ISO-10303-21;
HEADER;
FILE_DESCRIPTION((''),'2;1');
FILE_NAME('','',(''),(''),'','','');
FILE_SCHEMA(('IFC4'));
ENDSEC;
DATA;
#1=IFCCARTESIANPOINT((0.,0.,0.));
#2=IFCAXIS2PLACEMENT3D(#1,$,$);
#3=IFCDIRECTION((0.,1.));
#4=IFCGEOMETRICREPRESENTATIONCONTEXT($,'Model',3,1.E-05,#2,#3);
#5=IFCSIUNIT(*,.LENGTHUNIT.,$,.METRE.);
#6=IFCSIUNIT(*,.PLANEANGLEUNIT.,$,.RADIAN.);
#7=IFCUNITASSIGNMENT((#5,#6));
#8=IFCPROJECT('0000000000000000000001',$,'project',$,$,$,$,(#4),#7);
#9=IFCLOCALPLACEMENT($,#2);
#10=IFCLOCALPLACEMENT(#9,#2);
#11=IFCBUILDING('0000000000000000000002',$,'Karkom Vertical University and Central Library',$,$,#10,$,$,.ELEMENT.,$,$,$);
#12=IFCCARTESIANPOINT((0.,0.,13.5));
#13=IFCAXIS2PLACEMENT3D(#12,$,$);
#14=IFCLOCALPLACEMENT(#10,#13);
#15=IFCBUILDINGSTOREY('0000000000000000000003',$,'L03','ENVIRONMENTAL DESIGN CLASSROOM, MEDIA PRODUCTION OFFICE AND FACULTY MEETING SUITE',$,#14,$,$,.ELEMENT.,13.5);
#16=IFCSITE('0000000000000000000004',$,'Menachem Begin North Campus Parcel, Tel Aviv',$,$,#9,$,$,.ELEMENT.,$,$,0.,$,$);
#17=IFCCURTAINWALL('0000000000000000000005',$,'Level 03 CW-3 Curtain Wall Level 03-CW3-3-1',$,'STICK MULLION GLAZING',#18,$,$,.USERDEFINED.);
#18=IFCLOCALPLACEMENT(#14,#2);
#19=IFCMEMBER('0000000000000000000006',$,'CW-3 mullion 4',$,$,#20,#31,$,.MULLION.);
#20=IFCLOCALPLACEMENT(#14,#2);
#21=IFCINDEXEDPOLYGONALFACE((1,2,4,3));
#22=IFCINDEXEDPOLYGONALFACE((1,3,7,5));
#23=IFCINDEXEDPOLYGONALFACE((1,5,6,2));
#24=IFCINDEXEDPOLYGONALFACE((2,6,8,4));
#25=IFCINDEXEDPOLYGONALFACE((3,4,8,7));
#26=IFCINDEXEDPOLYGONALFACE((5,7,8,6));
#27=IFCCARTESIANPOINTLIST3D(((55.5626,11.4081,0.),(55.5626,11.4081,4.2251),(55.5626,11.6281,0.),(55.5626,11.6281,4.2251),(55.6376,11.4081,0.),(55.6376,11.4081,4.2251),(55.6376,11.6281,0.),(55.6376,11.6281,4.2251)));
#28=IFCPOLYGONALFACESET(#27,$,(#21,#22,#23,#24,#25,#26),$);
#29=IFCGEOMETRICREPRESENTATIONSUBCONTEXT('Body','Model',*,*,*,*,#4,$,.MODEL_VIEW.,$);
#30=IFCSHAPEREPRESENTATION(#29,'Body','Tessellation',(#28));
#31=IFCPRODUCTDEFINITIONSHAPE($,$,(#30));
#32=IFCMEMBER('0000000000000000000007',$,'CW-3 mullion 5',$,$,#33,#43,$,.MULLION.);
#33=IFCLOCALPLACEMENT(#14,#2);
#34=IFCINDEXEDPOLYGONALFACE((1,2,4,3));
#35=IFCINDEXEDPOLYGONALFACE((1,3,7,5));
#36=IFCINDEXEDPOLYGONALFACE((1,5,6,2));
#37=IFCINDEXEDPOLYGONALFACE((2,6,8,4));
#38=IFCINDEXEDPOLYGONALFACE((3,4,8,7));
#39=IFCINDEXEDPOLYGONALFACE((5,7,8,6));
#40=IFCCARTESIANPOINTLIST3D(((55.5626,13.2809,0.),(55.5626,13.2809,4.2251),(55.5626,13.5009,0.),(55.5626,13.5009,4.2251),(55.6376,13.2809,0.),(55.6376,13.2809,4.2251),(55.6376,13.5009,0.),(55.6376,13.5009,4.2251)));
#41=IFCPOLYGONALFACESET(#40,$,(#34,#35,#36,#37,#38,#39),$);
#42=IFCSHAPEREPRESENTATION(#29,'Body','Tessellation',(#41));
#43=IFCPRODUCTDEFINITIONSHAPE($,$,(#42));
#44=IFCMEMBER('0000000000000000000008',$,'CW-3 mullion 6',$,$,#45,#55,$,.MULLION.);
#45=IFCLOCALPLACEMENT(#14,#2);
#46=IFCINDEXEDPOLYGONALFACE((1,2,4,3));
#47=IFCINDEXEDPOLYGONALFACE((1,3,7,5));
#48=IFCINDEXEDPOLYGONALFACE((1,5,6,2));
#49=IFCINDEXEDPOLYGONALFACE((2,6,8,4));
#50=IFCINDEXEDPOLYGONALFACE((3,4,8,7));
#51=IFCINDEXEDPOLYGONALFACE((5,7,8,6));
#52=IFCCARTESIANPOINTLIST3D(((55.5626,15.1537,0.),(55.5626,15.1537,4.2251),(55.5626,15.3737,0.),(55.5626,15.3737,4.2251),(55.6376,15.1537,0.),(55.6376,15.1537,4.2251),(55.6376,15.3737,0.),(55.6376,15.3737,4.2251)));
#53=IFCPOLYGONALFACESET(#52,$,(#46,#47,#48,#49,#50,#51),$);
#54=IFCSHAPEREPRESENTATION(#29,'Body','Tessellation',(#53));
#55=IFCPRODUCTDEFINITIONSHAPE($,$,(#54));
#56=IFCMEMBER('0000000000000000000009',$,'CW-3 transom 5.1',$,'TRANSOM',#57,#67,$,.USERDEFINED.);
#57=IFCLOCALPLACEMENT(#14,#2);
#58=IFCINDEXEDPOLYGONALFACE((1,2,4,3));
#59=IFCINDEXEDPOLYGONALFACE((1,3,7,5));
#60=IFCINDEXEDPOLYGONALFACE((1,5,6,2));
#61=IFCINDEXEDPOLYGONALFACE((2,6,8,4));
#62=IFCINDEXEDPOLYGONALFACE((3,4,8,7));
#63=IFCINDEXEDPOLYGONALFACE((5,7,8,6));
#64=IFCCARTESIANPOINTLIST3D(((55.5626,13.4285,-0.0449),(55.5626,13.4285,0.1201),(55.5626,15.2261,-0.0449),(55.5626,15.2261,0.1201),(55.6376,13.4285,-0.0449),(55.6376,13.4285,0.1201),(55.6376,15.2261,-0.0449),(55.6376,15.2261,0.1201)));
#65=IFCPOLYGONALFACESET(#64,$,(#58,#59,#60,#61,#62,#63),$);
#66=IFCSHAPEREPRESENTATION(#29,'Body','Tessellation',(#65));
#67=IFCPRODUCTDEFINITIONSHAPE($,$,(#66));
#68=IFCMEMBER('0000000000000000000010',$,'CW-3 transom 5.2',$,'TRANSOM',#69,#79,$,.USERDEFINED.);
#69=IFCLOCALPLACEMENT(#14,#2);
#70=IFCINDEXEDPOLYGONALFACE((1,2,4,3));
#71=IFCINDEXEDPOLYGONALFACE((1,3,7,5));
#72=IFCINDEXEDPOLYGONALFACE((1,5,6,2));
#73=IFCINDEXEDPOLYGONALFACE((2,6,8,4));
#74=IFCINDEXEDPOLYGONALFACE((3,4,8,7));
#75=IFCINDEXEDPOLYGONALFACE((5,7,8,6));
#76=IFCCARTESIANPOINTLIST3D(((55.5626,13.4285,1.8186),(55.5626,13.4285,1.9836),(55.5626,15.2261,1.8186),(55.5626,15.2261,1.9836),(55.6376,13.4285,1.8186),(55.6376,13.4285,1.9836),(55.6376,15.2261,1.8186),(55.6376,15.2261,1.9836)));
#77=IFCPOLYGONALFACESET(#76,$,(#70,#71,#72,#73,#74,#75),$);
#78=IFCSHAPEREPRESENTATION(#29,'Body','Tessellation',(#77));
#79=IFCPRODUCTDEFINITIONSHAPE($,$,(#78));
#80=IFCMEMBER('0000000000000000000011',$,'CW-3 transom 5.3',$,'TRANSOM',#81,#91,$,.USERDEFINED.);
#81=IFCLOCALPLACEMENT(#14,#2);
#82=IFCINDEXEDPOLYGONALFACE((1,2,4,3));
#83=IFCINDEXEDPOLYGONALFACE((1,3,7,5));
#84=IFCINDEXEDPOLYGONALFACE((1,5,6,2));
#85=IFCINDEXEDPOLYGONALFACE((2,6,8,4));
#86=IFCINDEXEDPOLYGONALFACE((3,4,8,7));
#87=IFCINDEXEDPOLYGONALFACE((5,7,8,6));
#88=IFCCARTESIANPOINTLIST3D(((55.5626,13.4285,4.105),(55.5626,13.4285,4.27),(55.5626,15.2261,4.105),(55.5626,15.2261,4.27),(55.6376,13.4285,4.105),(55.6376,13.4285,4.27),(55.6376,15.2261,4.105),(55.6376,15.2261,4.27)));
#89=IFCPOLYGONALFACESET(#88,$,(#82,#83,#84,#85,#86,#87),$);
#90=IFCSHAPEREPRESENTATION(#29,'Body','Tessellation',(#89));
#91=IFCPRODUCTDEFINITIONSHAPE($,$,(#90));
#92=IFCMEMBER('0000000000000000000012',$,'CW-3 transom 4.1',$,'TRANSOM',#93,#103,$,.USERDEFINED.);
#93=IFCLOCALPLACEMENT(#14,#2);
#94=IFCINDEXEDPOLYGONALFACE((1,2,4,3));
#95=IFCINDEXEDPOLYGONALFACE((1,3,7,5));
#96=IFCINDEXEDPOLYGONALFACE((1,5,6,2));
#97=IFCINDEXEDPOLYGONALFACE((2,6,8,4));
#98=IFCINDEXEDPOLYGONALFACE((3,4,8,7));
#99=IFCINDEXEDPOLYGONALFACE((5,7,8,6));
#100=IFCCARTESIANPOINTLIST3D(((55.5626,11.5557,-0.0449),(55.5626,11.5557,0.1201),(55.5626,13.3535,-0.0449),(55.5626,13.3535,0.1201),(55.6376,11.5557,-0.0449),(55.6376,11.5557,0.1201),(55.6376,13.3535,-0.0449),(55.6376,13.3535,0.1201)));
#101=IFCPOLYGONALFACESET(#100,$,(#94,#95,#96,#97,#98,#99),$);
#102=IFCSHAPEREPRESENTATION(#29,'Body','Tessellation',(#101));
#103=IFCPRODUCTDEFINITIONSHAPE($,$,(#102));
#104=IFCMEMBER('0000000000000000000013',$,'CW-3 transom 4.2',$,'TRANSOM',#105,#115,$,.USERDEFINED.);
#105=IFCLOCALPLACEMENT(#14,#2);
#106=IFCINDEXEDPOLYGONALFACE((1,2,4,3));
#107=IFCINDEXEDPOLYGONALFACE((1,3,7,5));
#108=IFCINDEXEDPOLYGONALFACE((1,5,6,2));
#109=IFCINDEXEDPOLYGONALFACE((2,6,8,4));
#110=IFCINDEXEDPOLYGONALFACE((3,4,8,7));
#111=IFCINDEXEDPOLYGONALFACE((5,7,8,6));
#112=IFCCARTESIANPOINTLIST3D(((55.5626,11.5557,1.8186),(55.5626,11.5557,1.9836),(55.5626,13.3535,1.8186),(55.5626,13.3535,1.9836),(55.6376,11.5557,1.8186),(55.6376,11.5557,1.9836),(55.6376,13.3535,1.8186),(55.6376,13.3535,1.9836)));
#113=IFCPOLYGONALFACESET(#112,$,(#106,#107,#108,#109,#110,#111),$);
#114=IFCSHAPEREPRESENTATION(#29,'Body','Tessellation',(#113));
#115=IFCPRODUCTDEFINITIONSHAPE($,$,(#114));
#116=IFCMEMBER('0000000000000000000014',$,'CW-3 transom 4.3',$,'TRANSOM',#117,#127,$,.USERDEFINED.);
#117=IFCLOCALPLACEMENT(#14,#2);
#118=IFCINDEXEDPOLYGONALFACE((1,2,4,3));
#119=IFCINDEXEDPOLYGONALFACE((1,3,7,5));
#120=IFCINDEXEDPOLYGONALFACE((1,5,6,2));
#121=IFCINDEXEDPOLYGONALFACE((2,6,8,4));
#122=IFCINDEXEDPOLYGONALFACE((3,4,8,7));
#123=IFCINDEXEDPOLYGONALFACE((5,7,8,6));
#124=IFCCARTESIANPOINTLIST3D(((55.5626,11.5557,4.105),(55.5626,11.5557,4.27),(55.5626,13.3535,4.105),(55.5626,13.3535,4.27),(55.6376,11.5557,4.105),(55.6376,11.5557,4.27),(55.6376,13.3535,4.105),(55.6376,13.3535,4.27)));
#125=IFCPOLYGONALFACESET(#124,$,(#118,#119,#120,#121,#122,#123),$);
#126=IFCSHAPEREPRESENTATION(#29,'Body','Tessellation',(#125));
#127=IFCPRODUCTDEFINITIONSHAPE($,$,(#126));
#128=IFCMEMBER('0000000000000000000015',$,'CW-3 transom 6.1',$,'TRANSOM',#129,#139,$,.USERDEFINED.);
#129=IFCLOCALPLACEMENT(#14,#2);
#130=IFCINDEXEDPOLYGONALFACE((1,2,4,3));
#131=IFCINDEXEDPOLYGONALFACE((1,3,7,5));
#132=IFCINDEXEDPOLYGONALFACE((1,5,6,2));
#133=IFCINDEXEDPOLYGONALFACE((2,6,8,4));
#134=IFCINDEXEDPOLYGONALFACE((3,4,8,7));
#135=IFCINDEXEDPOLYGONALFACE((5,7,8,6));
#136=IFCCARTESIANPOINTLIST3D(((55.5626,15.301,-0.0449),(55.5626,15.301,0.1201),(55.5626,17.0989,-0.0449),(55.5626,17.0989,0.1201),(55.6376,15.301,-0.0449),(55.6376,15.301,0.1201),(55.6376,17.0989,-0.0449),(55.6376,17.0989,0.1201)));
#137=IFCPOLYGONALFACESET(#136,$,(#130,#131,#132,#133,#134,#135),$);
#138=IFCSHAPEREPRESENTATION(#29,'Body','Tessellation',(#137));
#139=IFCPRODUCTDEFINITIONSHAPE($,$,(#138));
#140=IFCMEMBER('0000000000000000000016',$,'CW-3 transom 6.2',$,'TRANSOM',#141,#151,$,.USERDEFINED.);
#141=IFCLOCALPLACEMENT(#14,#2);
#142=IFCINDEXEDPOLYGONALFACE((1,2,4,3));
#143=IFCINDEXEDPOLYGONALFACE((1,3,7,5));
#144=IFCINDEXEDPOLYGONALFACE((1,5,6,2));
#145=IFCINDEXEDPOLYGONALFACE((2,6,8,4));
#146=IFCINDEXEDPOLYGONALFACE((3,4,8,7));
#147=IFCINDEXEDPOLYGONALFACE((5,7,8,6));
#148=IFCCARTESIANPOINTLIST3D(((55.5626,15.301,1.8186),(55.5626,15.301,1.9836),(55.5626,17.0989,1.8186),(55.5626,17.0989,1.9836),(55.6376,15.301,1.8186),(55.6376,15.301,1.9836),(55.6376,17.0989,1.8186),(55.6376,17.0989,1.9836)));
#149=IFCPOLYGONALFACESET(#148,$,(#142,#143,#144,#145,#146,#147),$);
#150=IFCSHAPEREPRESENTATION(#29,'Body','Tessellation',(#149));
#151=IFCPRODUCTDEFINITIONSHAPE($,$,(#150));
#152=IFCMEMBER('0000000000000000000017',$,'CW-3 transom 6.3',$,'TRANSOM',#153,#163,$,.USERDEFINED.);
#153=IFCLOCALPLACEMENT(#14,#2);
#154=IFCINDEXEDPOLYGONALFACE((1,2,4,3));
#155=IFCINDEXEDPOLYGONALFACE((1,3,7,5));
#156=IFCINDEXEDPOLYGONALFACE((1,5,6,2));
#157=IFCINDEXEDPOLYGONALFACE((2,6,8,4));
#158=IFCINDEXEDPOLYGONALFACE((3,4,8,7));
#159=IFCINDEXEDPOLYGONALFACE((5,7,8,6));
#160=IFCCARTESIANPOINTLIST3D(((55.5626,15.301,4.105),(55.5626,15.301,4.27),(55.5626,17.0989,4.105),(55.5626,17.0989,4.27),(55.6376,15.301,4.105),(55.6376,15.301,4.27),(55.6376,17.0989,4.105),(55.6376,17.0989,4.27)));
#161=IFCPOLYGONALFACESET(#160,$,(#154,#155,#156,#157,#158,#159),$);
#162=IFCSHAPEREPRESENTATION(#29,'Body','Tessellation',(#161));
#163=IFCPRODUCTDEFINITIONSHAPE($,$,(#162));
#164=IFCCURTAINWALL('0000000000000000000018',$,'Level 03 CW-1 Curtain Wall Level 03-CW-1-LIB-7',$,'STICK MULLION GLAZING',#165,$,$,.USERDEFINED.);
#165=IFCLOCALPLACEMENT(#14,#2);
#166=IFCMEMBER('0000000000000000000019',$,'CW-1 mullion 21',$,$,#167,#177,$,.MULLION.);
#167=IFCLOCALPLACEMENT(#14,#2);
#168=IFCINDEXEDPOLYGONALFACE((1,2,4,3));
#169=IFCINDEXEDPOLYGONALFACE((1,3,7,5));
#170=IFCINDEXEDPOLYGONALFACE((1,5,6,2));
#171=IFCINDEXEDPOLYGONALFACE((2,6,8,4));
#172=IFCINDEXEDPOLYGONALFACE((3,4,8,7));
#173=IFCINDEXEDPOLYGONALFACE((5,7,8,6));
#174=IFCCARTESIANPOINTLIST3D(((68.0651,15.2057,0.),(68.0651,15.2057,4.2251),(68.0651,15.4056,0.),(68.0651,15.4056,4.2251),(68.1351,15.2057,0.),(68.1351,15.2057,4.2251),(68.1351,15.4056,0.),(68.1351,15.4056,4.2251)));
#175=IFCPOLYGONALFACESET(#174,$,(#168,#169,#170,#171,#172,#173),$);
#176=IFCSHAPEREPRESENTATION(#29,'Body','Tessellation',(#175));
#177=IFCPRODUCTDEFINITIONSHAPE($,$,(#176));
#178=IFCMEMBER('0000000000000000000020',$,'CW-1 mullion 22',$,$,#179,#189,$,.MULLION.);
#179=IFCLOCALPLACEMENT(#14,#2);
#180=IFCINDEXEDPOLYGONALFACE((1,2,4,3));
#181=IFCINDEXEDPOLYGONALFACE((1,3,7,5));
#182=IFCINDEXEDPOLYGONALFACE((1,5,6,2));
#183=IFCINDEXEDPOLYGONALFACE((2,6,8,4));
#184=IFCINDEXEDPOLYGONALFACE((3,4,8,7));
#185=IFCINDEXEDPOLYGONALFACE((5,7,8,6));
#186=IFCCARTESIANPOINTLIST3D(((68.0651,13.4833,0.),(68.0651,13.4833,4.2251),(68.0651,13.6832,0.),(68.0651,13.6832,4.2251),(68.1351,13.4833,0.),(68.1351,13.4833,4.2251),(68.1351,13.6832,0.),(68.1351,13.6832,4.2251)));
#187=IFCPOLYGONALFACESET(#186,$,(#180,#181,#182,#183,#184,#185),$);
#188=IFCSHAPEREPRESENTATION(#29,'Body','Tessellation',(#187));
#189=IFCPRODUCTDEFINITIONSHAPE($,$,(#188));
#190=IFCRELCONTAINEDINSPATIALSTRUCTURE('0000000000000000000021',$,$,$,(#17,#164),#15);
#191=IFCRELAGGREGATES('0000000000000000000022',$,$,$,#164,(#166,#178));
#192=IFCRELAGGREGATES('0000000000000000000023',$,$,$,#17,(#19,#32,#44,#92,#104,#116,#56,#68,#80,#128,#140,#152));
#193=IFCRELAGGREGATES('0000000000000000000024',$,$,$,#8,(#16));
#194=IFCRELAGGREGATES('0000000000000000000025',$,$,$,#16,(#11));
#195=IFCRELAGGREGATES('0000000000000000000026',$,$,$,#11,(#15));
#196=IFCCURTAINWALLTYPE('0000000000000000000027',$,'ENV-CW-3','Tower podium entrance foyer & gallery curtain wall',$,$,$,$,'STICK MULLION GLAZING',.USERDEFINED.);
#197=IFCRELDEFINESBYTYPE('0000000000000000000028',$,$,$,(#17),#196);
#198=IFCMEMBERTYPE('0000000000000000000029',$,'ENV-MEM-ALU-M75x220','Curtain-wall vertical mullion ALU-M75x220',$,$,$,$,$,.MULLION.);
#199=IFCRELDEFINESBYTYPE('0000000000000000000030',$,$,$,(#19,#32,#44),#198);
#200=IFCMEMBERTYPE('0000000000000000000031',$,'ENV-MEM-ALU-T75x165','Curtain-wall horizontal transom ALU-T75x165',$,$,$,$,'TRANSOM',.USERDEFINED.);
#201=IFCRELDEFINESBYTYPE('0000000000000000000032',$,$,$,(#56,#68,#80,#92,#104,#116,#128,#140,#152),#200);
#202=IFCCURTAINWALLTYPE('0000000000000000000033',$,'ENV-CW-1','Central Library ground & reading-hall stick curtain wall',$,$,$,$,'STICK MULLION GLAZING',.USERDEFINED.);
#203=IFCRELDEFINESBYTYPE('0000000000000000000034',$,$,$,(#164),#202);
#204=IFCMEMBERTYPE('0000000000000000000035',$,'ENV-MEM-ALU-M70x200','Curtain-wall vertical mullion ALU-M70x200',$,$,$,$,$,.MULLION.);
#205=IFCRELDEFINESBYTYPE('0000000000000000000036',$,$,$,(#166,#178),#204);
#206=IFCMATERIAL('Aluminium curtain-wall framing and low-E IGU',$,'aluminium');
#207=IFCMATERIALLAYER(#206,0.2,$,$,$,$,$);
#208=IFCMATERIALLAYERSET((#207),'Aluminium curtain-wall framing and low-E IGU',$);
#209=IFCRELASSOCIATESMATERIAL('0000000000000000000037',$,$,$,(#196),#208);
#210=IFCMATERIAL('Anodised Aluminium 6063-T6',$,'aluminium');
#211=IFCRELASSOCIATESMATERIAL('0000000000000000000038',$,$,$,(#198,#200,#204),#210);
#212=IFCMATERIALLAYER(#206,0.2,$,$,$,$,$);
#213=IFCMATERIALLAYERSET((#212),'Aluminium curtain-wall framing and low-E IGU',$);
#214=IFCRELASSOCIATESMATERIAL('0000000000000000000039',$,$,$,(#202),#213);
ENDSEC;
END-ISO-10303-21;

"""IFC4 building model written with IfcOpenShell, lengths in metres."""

from ifc_helpers import new_model, si_unit, direction, frame, origin, origin_with_axes, origin_2d, place, context, subcontext, project, spatial, rectangle, extrude, source, transform, mapped, material, layer, layer_set, material_profile, profile_set, type_object, element, aggregate, save


model = new_model("IFC4")

# Units and contexts
model_context = context("Model", 3, precision=1e-05, world=origin(), true_north=direction((0.0, 1.0)))
body_context = subcontext(model_context, "Body", "Model", "MODEL_VIEW")
ifc_project = project(units=[si_unit("LENGTHUNIT", "METRE"), si_unit("PLANEANGLEUNIT", "RADIAN")], contexts=[model_context])

# Site, building, storey
site_placement = place(None, origin())
site = spatial("IfcSite", under=ifc_project, at=site_placement, Name="Menachem Begin North Campus Parcel, Tel Aviv", CompositionType="ELEMENT", RefElevation=0.0)
building_placement = place(site_placement, origin())
building = spatial("IfcBuilding", under=site, at=building_placement, Name="Karkom Vertical University and Central Library", CompositionType="ELEMENT")
storey_placement = place(building_placement, frame((0.0, 0.0, 13.5)))
storey = spatial("IfcBuildingStorey", under=building, at=storey_placement, Name="L03", Description="ENVIRONMENTAL DESIGN CLASSROOM, MEDIA PRODUCTION OFFICE AND FACULTY MEETING SUITE", CompositionType="ELEMENT", Elevation=13.5)

# Curtain walls, members
ifc_material_1 = material(Name="Aluminium curtain-wall framing and low-E IGU", Category="aluminium")
ifc_layer_1 = layer(ifc_material_1, 0.2)
ifc_layer_set_1 = layer_set([ifc_layer_1], Name="Aluminium curtain-wall framing and low-E IGU")
curtain_wall_type_1 = type_object("IfcCurtainWallType", Name="ENV-CW-3", Description="Tower podium entrance foyer & gallery curtain wall", ElementType="STICK MULLION GLAZING", PredefinedType="USERDEFINED", material=ifc_layer_set_1)
curtain_wall_1_placement = place(storey_placement, origin())
curtain_wall_1 = element("IfcCurtainWall", 1, at=curtain_wall_1_placement, inside=storey, type_object=curtain_wall_type_1, Name="Level 03 CW-3 Curtain Wall Level 03-CW3-3-1", ObjectType="STICK MULLION GLAZING", PredefinedType="USERDEFINED")
ifc_material_2 = material(Name="Anodised Aluminium 6063-T6", Category="aluminium")
ifc_material_profile_1 = material_profile(ifc_material_2, rectangle(XDim=0.075, YDim=0.22, at=origin_2d()), Name="ALU-M75x220")
ifc_profile_set_1 = profile_set([ifc_material_profile_1], Name="Anodised Aluminium 6063-T6")
member_type_1 = type_object("IfcMemberType", Name="ENV-MEM-ALU-M75x220", Description="Curtain-wall vertical mullion ALU-M75x220", PredefinedType="MULLION", material=ifc_profile_set_1)
shared_shape_1 = source(origin_with_axes(), body_context, "Body", "SweptSolid", [
    extrude(rectangle(XDim=0.075, YDim=0.22, at=origin_2d()), origin(), (0.0, 0.0, 1.0), 4.2251),
])
member_1_placement = place(storey_placement, frame((55.6001, 11.5181, 0.0), z_axis=(0.0, 0.0, 1.0), x_axis=(-1.0, 0.0, 0.0)))
member_1 = element("IfcMember", 2, at=member_1_placement, type_object=member_type_1, Name="CW-3 mullion 4", PredefinedType="MULLION", context=body_context, shape_type="MappedRepresentation", body=[
    mapped(shared_shape_1, transform((0.0, 0.0, 0.0), scale=1.0)),
])
member_2_placement = place(storey_placement, frame((55.6001, 13.3909, 0.0), z_axis=(0.0, 0.0, 1.0), x_axis=(-1.0, 0.0, 0.0)))
member_2 = element("IfcMember", 3, at=member_2_placement, type_object=member_type_1, Name="CW-3 mullion 5", PredefinedType="MULLION", context=body_context, shape_type="MappedRepresentation", body=[
    mapped(shared_shape_1, transform((0.0, 0.0, 0.0), scale=1.0)),
])
member_3_placement = place(storey_placement, frame((55.6001, 15.2637, 0.0), z_axis=(0.0, 0.0, 1.0), x_axis=(-1.0, 0.0, 0.0)))
member_3 = element("IfcMember", 4, at=member_3_placement, type_object=member_type_1, Name="CW-3 mullion 6", PredefinedType="MULLION", context=body_context, shape_type="MappedRepresentation", body=[
    mapped(shared_shape_1, transform((0.0, 0.0, 0.0), scale=1.0)),
])
ifc_material_profile_2 = material_profile(ifc_material_2, rectangle(XDim=0.075, YDim=0.165, at=origin_2d()), Name="ALU-T75x165")
ifc_profile_set_2 = profile_set([ifc_material_profile_2], Name="Anodised Aluminium 6063-T6")
member_type_2 = type_object("IfcMemberType", Name="ENV-MEM-ALU-T75x165", Description="Curtain-wall horizontal transom ALU-T75x165", ElementType="TRANSOM", PredefinedType="USERDEFINED", material=ifc_profile_set_2)
shared_shape_2 = source(origin_with_axes(), body_context, "Body", "SweptSolid", [
    extrude(rectangle(XDim=0.075, YDim=0.165, at=origin_2d()), origin(), (0.0, 0.0, 1.0), 1.7976),
])
member_4_placement = place(storey_placement, frame((55.6001, 13.4285, 0.0376), z_axis=(0.0, 1.0, 0.0), x_axis=(-1.0, 0.0, 0.0)))
member_4 = element("IfcMember", 5, at=member_4_placement, type_object=member_type_2, Name="CW-3 transom 5.1", ObjectType="TRANSOM", PredefinedType="USERDEFINED", context=body_context, shape_type="MappedRepresentation", body=[
    mapped(shared_shape_2, transform((0.0, 0.0, 0.0), scale=1.0)),
])
member_5_placement = place(storey_placement, frame((55.6001, 13.4285, 1.9011), z_axis=(0.0, 1.0, 0.0), x_axis=(-1.0, 0.0, 0.0)))
member_5 = element("IfcMember", 6, at=member_5_placement, type_object=member_type_2, Name="CW-3 transom 5.2", ObjectType="TRANSOM", PredefinedType="USERDEFINED", context=body_context, shape_type="MappedRepresentation", body=[
    mapped(shared_shape_2, transform((0.0, 0.0, 0.0), scale=1.0)),
])
member_6_placement = place(storey_placement, frame((55.6001, 13.4285, 4.1875), z_axis=(0.0, 1.0, 0.0), x_axis=(-1.0, 0.0, 0.0)))
member_6 = element("IfcMember", 7, at=member_6_placement, type_object=member_type_2, Name="CW-3 transom 5.3", ObjectType="TRANSOM", PredefinedType="USERDEFINED", context=body_context, shape_type="MappedRepresentation", body=[
    mapped(shared_shape_2, transform((0.0, 0.0, 0.0), scale=1.0)),
])
shared_shape_3 = source(origin_with_axes(), body_context, "Body", "SweptSolid", [
    extrude(rectangle(XDim=0.075, YDim=0.165, at=origin_2d()), origin(), (0.0, 0.0, 1.0), 1.7979),
])
member_7_placement = place(storey_placement, frame((55.6001, 11.5557, 0.0376), z_axis=(0.0, 1.0, 0.0), x_axis=(-1.0, 0.0, 0.0)))
member_7 = element("IfcMember", 8, at=member_7_placement, type_object=member_type_2, Name="CW-3 transom 4.1", ObjectType="TRANSOM", PredefinedType="USERDEFINED", context=body_context, shape_type="MappedRepresentation", body=[
    mapped(shared_shape_3, transform((0.0, 0.0, 0.0), scale=1.0)),
])
member_8_placement = place(storey_placement, frame((55.6001, 11.5557, 1.9011), z_axis=(0.0, 1.0, 0.0), x_axis=(-1.0, 0.0, 0.0)))
member_8 = element("IfcMember", 9, at=member_8_placement, type_object=member_type_2, Name="CW-3 transom 4.2", ObjectType="TRANSOM", PredefinedType="USERDEFINED", context=body_context, shape_type="MappedRepresentation", body=[
    mapped(shared_shape_3, transform((0.0, 0.0, 0.0), scale=1.0)),
])
member_9_placement = place(storey_placement, frame((55.6001, 11.5557, 4.1875), z_axis=(0.0, 1.0, 0.0), x_axis=(-1.0, 0.0, 0.0)))
member_9 = element("IfcMember", 10, at=member_9_placement, type_object=member_type_2, Name="CW-3 transom 4.3", ObjectType="TRANSOM", PredefinedType="USERDEFINED", context=body_context, shape_type="MappedRepresentation", body=[
    mapped(shared_shape_3, transform((0.0, 0.0, 0.0), scale=1.0)),
])
member_10_placement = place(storey_placement, frame((55.6001, 15.301, 0.0376), z_axis=(0.0, 1.0, 0.0), x_axis=(-1.0, 0.0, 0.0)))
member_10 = element("IfcMember", 11, at=member_10_placement, type_object=member_type_2, Name="CW-3 transom 6.1", ObjectType="TRANSOM", PredefinedType="USERDEFINED", context=body_context, shape_type="MappedRepresentation", body=[
    mapped(shared_shape_3, transform((0.0, 0.0, 0.0), scale=1.0)),
])
member_11_placement = place(storey_placement, frame((55.6001, 15.301, 1.9011), z_axis=(0.0, 1.0, 0.0), x_axis=(-1.0, 0.0, 0.0)))
member_11 = element("IfcMember", 12, at=member_11_placement, type_object=member_type_2, Name="CW-3 transom 6.2", ObjectType="TRANSOM", PredefinedType="USERDEFINED", context=body_context, shape_type="MappedRepresentation", body=[
    mapped(shared_shape_3, transform((0.0, 0.0, 0.0), scale=1.0)),
])
member_12_placement = place(storey_placement, frame((55.6001, 15.301, 4.1875), z_axis=(0.0, 1.0, 0.0), x_axis=(-1.0, 0.0, 0.0)))
member_12 = element("IfcMember", 13, at=member_12_placement, type_object=member_type_2, Name="CW-3 transom 6.3", ObjectType="TRANSOM", PredefinedType="USERDEFINED", context=body_context, shape_type="MappedRepresentation", body=[
    mapped(shared_shape_3, transform((0.0, 0.0, 0.0), scale=1.0)),
])
ifc_layer_2 = layer(ifc_material_1, 0.2)
ifc_layer_set_2 = layer_set([ifc_layer_2], Name="Aluminium curtain-wall framing and low-E IGU")
curtain_wall_type_2 = type_object("IfcCurtainWallType", Name="ENV-CW-1", Description="Central Library ground & reading-hall stick curtain wall", ElementType="STICK MULLION GLAZING", PredefinedType="USERDEFINED", material=ifc_layer_set_2)
curtain_wall_2_placement = place(storey_placement, origin())
curtain_wall_2 = element("IfcCurtainWall", 14, at=curtain_wall_2_placement, inside=storey, type_object=curtain_wall_type_2, Name="Level 03 CW-1 Curtain Wall Level 03-CW-1-LIB-7", ObjectType="STICK MULLION GLAZING", PredefinedType="USERDEFINED")
ifc_material_profile_3 = material_profile(ifc_material_2, rectangle(XDim=0.0701, YDim=0.2, at=origin_2d()), Name="ALU-M70x200")
ifc_profile_set_3 = profile_set([ifc_material_profile_3], Name="Anodised Aluminium 6063-T6")
member_type_3 = type_object("IfcMemberType", Name="ENV-MEM-ALU-M70x200", Description="Curtain-wall vertical mullion ALU-M70x200", PredefinedType="MULLION", material=ifc_profile_set_3)
shared_shape_4 = source(origin_with_axes(), body_context, "Body", "SweptSolid", [
    extrude(rectangle(XDim=0.0701, YDim=0.2, at=origin_2d()), origin(), (0.0, 0.0, 1.0), 4.2251),
])
member_13_placement = place(storey_placement, frame((68.1001, 15.3057, 0.0), z_axis=(0.0, 0.0, 1.0), x_axis=(1.0, 0.0, 0.0)))
member_13 = element("IfcMember", 15, at=member_13_placement, type_object=member_type_3, Name="CW-1 mullion 21", PredefinedType="MULLION", context=body_context, shape_type="MappedRepresentation", body=[
    mapped(shared_shape_4, transform((0.0, 0.0, 0.0), scale=1.0)),
])
member_14_placement = place(storey_placement, frame((68.1001, 13.5833, 0.0), z_axis=(0.0, 0.0, 1.0), x_axis=(1.0, 0.0, 0.0)))
member_14 = element("IfcMember", 16, at=member_14_placement, type_object=member_type_3, Name="CW-1 mullion 22", PredefinedType="MULLION", context=body_context, shape_type="MappedRepresentation", body=[
    mapped(shared_shape_4, transform((0.0, 0.0, 0.0), scale=1.0)),
])
aggregate(curtain_wall_2, [member_13, member_14])

aggregate(curtain_wall_1, [member_1, member_2, member_3, member_7, member_8, member_9, member_4, member_5, member_6, member_10, member_11, member_12])

save(model, "model.ifc")
